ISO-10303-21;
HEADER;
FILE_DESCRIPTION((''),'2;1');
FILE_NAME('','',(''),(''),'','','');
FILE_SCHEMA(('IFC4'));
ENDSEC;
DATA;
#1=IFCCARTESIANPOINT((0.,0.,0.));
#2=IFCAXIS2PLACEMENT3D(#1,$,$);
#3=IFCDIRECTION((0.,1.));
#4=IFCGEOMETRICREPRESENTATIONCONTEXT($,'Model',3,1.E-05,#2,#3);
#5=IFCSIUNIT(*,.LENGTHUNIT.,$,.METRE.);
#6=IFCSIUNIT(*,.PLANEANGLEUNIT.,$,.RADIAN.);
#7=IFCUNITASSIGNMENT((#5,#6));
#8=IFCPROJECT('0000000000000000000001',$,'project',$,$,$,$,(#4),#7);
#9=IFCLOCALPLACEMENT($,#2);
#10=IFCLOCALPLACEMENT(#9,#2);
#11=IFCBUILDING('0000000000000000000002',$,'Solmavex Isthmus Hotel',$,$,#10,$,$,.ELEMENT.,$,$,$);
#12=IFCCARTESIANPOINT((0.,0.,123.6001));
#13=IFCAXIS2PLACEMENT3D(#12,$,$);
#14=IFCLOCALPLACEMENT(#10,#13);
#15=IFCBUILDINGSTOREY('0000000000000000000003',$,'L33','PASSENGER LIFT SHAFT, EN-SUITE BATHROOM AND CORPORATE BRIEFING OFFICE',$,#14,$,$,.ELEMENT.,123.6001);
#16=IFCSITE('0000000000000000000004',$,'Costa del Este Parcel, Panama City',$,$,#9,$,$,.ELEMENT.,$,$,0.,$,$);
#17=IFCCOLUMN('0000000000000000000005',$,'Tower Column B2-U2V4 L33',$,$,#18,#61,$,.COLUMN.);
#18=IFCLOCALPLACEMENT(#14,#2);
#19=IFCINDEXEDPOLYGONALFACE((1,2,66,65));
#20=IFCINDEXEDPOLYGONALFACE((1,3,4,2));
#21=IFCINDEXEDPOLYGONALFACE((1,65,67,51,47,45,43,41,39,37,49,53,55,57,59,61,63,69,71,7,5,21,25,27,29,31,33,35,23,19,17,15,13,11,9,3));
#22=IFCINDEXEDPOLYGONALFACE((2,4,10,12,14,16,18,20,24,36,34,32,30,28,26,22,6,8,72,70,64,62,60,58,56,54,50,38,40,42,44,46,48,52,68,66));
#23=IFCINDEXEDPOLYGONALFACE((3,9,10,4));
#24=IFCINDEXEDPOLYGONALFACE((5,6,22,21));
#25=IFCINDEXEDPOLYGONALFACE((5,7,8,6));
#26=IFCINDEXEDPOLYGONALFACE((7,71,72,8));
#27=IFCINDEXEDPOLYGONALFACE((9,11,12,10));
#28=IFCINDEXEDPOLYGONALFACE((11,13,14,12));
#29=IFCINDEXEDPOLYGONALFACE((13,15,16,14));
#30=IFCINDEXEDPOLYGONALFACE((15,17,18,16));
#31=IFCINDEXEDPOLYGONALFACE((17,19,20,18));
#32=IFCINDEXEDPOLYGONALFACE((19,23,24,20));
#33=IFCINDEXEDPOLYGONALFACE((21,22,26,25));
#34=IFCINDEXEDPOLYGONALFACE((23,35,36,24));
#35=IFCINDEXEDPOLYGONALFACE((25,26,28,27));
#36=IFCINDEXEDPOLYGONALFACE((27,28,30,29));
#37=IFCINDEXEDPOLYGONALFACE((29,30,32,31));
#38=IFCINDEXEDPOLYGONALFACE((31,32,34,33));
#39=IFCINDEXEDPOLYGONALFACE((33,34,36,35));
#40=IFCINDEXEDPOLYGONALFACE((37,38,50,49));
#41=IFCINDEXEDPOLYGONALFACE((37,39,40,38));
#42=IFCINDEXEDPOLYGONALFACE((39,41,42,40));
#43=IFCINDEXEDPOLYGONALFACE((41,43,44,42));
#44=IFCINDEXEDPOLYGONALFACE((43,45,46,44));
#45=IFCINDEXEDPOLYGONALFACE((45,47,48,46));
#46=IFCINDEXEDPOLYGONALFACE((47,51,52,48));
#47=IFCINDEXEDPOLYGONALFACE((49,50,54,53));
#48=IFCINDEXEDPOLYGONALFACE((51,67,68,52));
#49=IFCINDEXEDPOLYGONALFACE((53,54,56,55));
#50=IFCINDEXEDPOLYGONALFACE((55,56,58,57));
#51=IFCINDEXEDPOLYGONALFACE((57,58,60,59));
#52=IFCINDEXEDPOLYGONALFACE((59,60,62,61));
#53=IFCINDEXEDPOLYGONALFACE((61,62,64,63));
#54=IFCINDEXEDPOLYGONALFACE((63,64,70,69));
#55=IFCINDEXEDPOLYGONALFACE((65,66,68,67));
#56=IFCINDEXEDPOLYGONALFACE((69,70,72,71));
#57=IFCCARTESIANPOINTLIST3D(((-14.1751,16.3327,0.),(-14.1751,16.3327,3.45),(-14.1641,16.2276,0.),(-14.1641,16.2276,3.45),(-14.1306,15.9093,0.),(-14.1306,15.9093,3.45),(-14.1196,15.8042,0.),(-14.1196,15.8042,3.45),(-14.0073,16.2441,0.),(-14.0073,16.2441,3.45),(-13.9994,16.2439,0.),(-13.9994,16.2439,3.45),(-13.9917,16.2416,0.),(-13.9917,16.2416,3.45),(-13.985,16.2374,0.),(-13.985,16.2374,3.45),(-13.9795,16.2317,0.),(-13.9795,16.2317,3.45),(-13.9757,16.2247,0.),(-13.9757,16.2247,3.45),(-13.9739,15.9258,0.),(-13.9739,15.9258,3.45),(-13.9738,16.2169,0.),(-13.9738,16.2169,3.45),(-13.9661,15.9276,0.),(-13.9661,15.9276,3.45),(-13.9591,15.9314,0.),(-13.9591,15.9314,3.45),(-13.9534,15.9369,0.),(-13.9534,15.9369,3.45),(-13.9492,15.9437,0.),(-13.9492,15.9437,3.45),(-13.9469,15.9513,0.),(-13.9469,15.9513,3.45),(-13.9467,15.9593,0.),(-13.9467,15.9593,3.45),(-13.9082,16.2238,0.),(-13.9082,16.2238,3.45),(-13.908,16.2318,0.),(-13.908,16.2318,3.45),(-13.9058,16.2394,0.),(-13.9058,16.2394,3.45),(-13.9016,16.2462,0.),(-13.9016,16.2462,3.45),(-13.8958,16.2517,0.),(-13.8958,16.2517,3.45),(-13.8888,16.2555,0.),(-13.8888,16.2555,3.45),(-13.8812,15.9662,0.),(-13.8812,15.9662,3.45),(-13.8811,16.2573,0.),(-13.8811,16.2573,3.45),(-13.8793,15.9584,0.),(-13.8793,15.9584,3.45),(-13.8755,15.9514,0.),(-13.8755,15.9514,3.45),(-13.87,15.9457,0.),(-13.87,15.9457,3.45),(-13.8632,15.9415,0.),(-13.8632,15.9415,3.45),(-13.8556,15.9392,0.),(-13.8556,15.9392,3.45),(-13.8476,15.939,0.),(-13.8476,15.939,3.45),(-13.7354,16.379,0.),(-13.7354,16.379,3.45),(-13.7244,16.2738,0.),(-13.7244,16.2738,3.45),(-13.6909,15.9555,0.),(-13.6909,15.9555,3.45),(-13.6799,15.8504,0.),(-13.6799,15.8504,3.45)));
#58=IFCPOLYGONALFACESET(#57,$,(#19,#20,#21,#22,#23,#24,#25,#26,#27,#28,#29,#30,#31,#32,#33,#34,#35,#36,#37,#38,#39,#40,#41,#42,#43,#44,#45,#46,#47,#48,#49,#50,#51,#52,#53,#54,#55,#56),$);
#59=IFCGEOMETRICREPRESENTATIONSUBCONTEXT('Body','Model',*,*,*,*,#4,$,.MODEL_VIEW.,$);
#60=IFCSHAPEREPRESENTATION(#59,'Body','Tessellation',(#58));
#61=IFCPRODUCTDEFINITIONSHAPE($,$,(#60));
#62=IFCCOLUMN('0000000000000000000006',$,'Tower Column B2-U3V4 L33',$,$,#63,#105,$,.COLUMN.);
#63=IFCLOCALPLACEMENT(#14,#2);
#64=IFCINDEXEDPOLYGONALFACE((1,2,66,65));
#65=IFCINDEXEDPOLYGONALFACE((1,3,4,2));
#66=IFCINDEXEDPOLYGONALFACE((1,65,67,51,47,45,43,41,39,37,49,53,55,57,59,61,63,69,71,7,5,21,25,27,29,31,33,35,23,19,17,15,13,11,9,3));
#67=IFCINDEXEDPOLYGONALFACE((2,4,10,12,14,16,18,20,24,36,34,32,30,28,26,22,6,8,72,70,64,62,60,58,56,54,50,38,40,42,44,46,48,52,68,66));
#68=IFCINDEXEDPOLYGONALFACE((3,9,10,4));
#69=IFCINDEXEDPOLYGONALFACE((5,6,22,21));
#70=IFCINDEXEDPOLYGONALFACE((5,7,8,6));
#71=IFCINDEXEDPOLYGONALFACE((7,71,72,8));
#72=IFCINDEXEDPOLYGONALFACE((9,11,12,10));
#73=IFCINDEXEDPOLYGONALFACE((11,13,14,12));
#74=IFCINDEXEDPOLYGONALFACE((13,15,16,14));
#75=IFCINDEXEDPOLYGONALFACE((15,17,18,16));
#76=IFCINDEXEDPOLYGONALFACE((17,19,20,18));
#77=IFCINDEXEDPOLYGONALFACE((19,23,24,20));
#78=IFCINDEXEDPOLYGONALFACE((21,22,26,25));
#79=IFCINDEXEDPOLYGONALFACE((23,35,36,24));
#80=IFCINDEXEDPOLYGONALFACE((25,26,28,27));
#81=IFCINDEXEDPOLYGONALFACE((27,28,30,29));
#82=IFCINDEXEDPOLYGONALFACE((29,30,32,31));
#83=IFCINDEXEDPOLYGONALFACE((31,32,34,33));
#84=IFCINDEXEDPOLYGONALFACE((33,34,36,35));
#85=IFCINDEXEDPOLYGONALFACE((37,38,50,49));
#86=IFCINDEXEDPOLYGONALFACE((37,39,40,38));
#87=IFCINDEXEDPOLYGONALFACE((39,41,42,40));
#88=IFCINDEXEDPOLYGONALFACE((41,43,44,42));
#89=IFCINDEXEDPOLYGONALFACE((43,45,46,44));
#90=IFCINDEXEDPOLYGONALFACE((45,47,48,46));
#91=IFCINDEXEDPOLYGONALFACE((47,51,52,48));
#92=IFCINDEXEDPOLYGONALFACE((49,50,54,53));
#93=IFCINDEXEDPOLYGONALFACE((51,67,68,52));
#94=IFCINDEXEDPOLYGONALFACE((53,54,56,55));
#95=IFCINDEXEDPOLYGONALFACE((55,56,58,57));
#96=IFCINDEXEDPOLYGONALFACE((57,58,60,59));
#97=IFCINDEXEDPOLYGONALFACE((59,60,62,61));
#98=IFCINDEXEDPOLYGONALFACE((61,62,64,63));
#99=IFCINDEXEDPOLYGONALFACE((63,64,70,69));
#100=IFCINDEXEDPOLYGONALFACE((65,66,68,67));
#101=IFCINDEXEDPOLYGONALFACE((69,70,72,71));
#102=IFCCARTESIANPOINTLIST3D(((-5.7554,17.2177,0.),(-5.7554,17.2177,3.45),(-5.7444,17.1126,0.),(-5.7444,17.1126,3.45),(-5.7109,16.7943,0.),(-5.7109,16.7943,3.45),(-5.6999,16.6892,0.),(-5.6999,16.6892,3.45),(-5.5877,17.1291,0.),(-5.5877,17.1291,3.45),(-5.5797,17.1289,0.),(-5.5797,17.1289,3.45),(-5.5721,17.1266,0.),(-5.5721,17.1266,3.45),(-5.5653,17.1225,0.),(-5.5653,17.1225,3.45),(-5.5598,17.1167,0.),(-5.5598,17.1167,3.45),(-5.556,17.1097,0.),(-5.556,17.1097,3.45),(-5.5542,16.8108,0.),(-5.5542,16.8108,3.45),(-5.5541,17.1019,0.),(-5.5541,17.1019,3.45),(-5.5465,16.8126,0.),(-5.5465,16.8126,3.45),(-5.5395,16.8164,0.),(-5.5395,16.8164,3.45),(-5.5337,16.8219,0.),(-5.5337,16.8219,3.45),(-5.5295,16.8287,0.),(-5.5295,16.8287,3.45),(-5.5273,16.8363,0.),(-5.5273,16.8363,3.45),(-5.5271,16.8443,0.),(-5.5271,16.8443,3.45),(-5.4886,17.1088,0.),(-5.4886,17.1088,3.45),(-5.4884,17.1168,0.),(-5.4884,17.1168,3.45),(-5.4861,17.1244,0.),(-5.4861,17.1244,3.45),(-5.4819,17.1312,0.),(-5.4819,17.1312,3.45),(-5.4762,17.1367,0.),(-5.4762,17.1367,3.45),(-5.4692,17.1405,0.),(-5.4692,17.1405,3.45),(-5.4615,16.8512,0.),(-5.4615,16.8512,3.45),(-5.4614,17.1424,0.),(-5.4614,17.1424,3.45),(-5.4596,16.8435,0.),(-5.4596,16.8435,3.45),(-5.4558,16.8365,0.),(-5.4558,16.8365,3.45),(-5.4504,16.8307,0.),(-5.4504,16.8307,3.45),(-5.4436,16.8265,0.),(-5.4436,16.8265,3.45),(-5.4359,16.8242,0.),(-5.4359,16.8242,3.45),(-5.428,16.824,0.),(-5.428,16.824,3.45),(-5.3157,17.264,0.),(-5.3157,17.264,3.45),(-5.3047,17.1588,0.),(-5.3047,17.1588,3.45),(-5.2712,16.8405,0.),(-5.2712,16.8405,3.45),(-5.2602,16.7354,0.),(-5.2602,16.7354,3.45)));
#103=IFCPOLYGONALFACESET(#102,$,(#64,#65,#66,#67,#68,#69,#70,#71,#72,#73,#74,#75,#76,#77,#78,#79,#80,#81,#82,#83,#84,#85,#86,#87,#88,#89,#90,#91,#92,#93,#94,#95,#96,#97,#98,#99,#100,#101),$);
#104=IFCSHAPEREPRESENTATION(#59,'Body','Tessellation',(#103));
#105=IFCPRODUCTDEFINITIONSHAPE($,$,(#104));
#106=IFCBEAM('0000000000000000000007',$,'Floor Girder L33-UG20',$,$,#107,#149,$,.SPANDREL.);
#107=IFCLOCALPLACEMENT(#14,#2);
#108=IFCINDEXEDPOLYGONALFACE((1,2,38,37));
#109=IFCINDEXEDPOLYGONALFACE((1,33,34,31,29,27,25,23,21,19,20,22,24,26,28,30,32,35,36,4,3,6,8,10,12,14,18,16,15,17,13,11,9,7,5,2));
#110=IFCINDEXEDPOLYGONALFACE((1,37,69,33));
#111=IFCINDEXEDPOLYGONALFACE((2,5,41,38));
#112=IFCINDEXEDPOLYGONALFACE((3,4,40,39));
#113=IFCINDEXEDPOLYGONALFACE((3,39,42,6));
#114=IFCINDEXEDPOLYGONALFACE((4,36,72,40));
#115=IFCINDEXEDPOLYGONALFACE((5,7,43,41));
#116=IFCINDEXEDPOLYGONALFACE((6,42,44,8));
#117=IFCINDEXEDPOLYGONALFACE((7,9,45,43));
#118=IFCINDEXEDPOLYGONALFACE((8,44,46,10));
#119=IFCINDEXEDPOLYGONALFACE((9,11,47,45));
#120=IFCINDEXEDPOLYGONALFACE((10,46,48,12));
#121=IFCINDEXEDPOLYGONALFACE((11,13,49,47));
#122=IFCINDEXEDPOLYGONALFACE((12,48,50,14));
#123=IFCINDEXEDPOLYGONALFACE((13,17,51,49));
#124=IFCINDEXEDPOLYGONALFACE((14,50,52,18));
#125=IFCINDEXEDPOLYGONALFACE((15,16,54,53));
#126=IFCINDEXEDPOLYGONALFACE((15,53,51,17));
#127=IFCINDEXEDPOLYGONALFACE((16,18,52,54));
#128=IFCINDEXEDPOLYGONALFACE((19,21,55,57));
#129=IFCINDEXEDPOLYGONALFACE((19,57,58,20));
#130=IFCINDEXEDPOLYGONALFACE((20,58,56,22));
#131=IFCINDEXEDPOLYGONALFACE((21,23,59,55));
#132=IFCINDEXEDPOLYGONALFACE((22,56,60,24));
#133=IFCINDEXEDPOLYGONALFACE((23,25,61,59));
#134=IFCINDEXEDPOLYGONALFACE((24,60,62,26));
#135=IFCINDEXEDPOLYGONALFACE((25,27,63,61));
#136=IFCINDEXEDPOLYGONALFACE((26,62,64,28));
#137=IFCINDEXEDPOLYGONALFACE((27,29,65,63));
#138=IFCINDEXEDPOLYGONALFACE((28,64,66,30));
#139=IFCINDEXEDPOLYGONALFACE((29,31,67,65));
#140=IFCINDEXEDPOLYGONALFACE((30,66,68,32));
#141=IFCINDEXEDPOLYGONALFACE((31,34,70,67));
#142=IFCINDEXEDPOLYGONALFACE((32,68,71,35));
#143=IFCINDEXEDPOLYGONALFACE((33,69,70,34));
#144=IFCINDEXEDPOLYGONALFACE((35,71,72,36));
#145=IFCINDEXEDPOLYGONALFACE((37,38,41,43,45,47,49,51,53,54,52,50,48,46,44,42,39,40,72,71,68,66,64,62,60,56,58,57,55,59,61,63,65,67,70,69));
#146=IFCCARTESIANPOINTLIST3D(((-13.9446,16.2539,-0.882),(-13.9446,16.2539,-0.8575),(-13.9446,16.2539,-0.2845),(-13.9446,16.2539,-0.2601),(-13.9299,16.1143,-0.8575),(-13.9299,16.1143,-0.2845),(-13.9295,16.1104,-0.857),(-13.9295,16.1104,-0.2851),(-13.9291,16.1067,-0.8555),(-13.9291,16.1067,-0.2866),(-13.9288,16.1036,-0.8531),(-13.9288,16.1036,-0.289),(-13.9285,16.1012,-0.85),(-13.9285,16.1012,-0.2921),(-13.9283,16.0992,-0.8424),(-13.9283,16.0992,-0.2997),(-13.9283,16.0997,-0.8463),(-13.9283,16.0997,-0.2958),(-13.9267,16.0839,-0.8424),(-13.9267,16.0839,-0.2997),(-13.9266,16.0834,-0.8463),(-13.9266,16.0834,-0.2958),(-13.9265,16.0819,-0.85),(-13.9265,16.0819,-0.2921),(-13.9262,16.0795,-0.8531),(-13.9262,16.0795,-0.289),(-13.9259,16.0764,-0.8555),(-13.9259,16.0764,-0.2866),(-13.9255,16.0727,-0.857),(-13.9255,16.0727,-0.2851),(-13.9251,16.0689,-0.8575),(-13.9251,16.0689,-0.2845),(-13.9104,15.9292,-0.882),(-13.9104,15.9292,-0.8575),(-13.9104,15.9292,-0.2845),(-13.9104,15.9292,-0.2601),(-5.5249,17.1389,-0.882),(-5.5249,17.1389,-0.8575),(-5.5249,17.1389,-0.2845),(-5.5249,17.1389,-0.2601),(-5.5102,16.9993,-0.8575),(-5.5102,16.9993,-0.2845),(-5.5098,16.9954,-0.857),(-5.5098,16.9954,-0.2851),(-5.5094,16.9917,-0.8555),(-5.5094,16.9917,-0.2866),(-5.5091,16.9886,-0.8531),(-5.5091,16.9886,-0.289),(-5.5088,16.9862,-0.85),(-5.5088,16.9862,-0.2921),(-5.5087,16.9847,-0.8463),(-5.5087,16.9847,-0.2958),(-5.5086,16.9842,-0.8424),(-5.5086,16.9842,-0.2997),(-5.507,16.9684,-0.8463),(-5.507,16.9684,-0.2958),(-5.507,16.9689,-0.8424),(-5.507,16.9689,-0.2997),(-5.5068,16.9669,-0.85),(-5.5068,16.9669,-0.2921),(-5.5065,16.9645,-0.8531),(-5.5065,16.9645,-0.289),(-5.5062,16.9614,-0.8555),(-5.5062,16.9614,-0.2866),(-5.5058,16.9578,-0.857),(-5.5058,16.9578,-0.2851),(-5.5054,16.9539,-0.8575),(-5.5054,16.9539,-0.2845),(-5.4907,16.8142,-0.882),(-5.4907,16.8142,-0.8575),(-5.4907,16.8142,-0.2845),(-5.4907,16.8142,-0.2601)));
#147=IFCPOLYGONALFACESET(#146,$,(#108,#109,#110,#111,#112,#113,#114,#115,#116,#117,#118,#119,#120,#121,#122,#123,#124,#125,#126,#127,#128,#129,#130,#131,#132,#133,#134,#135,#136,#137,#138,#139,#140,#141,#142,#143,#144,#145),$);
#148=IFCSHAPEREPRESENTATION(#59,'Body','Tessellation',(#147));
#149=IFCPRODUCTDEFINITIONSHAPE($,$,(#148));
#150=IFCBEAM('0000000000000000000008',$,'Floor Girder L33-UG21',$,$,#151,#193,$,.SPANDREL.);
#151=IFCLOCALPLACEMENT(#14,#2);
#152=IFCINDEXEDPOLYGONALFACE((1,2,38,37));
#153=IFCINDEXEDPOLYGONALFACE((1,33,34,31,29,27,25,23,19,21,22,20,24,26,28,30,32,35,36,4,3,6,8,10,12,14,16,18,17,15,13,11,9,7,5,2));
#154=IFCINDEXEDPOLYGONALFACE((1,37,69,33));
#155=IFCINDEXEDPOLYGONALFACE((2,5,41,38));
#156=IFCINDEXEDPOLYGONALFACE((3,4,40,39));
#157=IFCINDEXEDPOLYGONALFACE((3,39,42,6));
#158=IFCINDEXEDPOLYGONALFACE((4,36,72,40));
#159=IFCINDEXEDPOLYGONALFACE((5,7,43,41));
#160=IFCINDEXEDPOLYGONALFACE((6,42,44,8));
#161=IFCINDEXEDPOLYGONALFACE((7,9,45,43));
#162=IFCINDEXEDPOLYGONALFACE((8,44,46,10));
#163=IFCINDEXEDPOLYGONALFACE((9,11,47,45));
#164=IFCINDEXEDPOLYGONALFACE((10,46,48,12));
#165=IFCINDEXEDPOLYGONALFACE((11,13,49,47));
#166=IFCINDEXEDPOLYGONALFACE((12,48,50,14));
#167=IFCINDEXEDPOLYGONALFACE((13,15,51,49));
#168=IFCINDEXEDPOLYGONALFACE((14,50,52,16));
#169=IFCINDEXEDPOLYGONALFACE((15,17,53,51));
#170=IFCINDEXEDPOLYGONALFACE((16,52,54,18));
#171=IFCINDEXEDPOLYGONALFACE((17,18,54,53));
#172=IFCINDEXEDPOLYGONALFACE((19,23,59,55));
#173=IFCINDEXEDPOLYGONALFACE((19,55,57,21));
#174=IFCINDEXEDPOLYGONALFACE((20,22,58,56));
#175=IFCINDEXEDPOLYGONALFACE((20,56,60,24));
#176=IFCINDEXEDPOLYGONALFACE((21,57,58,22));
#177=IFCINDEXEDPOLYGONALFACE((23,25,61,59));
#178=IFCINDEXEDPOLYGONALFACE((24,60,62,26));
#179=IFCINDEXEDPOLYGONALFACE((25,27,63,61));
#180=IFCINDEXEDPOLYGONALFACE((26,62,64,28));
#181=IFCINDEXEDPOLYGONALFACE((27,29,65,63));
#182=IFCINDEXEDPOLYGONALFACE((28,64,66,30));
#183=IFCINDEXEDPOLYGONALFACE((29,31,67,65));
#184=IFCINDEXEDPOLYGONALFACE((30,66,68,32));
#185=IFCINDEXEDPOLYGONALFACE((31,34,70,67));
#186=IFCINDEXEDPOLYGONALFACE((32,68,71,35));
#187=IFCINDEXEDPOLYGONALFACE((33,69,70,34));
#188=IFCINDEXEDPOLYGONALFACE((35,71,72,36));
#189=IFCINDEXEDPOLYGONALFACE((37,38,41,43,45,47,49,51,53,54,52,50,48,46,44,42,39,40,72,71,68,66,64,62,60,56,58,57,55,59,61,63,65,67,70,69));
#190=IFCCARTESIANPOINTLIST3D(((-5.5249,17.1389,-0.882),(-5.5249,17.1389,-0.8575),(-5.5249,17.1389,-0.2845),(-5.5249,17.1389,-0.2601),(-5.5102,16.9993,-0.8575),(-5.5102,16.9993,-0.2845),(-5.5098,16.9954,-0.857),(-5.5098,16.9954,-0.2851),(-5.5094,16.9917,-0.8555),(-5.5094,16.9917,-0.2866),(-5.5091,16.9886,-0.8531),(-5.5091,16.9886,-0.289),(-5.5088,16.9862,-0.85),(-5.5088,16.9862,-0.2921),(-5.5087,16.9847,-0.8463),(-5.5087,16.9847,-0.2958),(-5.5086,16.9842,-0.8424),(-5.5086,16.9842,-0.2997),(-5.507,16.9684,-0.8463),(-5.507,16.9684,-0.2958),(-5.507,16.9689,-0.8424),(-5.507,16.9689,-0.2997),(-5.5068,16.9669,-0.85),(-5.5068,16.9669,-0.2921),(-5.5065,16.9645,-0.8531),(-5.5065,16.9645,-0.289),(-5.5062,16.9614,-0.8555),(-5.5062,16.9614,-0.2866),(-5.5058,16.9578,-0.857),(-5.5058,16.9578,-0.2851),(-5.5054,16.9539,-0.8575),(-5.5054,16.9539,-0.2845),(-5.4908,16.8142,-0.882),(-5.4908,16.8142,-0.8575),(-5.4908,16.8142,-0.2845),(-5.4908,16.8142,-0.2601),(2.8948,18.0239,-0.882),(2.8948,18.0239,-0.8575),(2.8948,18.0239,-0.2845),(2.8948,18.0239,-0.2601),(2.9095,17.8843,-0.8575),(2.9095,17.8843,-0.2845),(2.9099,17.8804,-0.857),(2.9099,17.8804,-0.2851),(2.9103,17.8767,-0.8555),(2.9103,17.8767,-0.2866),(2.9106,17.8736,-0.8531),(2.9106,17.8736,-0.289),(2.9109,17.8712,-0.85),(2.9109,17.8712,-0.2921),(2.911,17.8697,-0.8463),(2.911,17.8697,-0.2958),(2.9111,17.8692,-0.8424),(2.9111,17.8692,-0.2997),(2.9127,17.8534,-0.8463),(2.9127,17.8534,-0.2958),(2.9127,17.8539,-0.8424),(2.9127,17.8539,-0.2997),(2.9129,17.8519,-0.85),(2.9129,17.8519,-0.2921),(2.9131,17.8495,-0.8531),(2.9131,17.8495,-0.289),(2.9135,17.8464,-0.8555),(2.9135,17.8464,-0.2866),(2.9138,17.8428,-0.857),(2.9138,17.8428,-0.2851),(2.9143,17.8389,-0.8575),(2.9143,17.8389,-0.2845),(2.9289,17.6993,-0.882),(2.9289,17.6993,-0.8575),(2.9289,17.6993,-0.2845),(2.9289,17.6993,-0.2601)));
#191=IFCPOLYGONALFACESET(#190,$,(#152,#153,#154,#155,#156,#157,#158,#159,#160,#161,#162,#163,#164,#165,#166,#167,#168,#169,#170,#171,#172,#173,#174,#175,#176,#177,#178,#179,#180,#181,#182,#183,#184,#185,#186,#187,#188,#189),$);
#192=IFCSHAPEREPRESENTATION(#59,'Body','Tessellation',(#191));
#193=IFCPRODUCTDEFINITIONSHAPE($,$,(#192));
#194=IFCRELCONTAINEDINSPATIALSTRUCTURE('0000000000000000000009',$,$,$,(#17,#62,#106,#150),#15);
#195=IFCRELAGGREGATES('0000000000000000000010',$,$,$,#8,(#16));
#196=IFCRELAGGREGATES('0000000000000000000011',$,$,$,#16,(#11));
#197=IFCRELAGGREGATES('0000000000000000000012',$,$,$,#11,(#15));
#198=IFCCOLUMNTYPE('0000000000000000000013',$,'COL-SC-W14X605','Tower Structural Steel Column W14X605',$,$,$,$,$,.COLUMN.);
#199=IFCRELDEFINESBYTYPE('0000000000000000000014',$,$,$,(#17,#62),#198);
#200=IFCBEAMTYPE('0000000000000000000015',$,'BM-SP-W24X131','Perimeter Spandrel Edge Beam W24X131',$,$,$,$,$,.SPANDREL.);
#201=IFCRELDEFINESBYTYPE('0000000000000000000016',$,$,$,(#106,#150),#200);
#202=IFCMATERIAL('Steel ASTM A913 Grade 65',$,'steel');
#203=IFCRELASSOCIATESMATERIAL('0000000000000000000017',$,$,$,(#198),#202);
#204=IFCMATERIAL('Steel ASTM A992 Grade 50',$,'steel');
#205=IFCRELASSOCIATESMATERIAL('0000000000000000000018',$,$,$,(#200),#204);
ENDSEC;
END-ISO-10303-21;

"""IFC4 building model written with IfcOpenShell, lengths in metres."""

from ifc_helpers import new_model, si_unit, direction, frame, origin, origin_2d, place, context, subcontext, project, spatial, i_section, extrude, material, material_profile, profile_set, type_object, element, save


model = new_model("IFC4")

# Units and contexts
model_context = context("Model", 3, precision=1e-05, world=origin(), true_north=direction((0.0, 1.0)))
body_context = subcontext(model_context, "Body", "Model", "MODEL_VIEW")
ifc_project = project(units=[si_unit("LENGTHUNIT", "METRE"), si_unit("PLANEANGLEUNIT", "RADIAN")], contexts=[model_context])

# Site, building, storey
site_placement = place(None, origin())
site = spatial("IfcSite", under=ifc_project, at=site_placement, Name="Costa del Este Parcel, Panama City", CompositionType="ELEMENT", RefElevation=0.0)
building_placement = place(site_placement, origin())
building = spatial("IfcBuilding", under=site, at=building_placement, Name="Solmavex Isthmus Hotel", CompositionType="ELEMENT")
storey_placement = place(building_placement, frame((0.0, 0.0, 123.6001)))
storey = spatial("IfcBuildingStorey", under=building, at=storey_placement, Name="L33", Description="PASSENGER LIFT SHAFT, EN-SUITE BATHROOM AND CORPORATE BRIEFING OFFICE", CompositionType="ELEMENT", Elevation=123.6001)

# Columns
ifc_material_1 = material(Name="Steel ASTM A913 Grade 65", Category="steel")
ifc_material_profile_1 = material_profile(ifc_material_1, i_section(OverallWidth=0.4421, OverallDepth=0.5315, WebThickness=0.0659, FlangeThickness=0.1057, FilletRadius=0.0305, at=origin_2d()), Name="W14X605")
ifc_profile_set_1 = profile_set([ifc_material_profile_1], Name="Steel ASTM A913 Grade 65")
column_type = type_object("IfcColumnType", Name="COL-SC-W14X605", Description="Tower Structural Steel Column W14X605", PredefinedType="COLUMN", material=ifc_profile_set_1)
for number, where, z_axis, x_axis, name in (
    (1, (-13.9275, 16.0916, 0.0), (0.0, 0.0, 1.0), (0.994522, 0.104528, 0.0), "Tower Column B2-U2V4 L33"),
    (2, (-5.5078, 16.9766, 0.0), (0.0, 0.0, 1.0), (0.994522, 0.104528, 0.0), "Tower Column B2-U3V4 L33"),
):
    element("IfcColumn", number, at=place(storey_placement, frame(where, z_axis=z_axis, x_axis=x_axis)), inside=storey, type_object=column_type, Name=name, PredefinedType="COLUMN", context=body_context, shape_type="SweptSolid", body=[
        extrude(i_section(OverallWidth=0.4421, OverallDepth=0.5315, WebThickness=0.0659, FlangeThickness=0.1057, FilletRadius=0.0305, at=origin_2d()), origin(), (0.0, 0.0, 1.0), 3.45),
    ])

# Beams
ifc_material_2 = material(Name="Steel ASTM A992 Grade 50", Category="steel")
ifc_material_profile_2 = material_profile(ifc_material_2, i_section(OverallWidth=0.3264, OverallDepth=0.6218, WebThickness=0.0154, FlangeThickness=0.0244, FilletRadius=0.0151, at=origin_2d()), Name="W24X131")
ifc_profile_set_2 = profile_set([ifc_material_profile_2], Name="Steel ASTM A992 Grade 50")
beam_type = type_object("IfcBeamType", Name="BM-SP-W24X131", Description="Perimeter Spandrel Edge Beam W24X131", PredefinedType="SPANDREL", material=ifc_profile_set_2)
for number, where, z_axis, x_axis, name in (
    (3, (-13.9275, 16.0916, -0.571), (0.994521, 0.104536, 0.0), (-0.104536, 0.994521, 0.0), "Floor Girder L33-UG20"),
    (4, (-5.5078, 16.9766, -0.571), (0.994521, 0.104536, 0.0), (-0.104536, 0.994521, 0.0), "Floor Girder L33-UG21"),
):
    element("IfcBeam", number, at=place(storey_placement, frame(where, z_axis=z_axis, x_axis=x_axis)), inside=storey, type_object=beam_type, Name=name, PredefinedType="SPANDREL", context=body_context, shape_type="SweptSolid", body=[
        extrude(i_section(OverallWidth=0.3264, OverallDepth=0.6218, WebThickness=0.0154, FlangeThickness=0.0244, FilletRadius=0.0151, at=origin_2d()), origin(), (0.0, 0.0, 1.0), 8.4661),
    ])

save(model, "model.ifc")
